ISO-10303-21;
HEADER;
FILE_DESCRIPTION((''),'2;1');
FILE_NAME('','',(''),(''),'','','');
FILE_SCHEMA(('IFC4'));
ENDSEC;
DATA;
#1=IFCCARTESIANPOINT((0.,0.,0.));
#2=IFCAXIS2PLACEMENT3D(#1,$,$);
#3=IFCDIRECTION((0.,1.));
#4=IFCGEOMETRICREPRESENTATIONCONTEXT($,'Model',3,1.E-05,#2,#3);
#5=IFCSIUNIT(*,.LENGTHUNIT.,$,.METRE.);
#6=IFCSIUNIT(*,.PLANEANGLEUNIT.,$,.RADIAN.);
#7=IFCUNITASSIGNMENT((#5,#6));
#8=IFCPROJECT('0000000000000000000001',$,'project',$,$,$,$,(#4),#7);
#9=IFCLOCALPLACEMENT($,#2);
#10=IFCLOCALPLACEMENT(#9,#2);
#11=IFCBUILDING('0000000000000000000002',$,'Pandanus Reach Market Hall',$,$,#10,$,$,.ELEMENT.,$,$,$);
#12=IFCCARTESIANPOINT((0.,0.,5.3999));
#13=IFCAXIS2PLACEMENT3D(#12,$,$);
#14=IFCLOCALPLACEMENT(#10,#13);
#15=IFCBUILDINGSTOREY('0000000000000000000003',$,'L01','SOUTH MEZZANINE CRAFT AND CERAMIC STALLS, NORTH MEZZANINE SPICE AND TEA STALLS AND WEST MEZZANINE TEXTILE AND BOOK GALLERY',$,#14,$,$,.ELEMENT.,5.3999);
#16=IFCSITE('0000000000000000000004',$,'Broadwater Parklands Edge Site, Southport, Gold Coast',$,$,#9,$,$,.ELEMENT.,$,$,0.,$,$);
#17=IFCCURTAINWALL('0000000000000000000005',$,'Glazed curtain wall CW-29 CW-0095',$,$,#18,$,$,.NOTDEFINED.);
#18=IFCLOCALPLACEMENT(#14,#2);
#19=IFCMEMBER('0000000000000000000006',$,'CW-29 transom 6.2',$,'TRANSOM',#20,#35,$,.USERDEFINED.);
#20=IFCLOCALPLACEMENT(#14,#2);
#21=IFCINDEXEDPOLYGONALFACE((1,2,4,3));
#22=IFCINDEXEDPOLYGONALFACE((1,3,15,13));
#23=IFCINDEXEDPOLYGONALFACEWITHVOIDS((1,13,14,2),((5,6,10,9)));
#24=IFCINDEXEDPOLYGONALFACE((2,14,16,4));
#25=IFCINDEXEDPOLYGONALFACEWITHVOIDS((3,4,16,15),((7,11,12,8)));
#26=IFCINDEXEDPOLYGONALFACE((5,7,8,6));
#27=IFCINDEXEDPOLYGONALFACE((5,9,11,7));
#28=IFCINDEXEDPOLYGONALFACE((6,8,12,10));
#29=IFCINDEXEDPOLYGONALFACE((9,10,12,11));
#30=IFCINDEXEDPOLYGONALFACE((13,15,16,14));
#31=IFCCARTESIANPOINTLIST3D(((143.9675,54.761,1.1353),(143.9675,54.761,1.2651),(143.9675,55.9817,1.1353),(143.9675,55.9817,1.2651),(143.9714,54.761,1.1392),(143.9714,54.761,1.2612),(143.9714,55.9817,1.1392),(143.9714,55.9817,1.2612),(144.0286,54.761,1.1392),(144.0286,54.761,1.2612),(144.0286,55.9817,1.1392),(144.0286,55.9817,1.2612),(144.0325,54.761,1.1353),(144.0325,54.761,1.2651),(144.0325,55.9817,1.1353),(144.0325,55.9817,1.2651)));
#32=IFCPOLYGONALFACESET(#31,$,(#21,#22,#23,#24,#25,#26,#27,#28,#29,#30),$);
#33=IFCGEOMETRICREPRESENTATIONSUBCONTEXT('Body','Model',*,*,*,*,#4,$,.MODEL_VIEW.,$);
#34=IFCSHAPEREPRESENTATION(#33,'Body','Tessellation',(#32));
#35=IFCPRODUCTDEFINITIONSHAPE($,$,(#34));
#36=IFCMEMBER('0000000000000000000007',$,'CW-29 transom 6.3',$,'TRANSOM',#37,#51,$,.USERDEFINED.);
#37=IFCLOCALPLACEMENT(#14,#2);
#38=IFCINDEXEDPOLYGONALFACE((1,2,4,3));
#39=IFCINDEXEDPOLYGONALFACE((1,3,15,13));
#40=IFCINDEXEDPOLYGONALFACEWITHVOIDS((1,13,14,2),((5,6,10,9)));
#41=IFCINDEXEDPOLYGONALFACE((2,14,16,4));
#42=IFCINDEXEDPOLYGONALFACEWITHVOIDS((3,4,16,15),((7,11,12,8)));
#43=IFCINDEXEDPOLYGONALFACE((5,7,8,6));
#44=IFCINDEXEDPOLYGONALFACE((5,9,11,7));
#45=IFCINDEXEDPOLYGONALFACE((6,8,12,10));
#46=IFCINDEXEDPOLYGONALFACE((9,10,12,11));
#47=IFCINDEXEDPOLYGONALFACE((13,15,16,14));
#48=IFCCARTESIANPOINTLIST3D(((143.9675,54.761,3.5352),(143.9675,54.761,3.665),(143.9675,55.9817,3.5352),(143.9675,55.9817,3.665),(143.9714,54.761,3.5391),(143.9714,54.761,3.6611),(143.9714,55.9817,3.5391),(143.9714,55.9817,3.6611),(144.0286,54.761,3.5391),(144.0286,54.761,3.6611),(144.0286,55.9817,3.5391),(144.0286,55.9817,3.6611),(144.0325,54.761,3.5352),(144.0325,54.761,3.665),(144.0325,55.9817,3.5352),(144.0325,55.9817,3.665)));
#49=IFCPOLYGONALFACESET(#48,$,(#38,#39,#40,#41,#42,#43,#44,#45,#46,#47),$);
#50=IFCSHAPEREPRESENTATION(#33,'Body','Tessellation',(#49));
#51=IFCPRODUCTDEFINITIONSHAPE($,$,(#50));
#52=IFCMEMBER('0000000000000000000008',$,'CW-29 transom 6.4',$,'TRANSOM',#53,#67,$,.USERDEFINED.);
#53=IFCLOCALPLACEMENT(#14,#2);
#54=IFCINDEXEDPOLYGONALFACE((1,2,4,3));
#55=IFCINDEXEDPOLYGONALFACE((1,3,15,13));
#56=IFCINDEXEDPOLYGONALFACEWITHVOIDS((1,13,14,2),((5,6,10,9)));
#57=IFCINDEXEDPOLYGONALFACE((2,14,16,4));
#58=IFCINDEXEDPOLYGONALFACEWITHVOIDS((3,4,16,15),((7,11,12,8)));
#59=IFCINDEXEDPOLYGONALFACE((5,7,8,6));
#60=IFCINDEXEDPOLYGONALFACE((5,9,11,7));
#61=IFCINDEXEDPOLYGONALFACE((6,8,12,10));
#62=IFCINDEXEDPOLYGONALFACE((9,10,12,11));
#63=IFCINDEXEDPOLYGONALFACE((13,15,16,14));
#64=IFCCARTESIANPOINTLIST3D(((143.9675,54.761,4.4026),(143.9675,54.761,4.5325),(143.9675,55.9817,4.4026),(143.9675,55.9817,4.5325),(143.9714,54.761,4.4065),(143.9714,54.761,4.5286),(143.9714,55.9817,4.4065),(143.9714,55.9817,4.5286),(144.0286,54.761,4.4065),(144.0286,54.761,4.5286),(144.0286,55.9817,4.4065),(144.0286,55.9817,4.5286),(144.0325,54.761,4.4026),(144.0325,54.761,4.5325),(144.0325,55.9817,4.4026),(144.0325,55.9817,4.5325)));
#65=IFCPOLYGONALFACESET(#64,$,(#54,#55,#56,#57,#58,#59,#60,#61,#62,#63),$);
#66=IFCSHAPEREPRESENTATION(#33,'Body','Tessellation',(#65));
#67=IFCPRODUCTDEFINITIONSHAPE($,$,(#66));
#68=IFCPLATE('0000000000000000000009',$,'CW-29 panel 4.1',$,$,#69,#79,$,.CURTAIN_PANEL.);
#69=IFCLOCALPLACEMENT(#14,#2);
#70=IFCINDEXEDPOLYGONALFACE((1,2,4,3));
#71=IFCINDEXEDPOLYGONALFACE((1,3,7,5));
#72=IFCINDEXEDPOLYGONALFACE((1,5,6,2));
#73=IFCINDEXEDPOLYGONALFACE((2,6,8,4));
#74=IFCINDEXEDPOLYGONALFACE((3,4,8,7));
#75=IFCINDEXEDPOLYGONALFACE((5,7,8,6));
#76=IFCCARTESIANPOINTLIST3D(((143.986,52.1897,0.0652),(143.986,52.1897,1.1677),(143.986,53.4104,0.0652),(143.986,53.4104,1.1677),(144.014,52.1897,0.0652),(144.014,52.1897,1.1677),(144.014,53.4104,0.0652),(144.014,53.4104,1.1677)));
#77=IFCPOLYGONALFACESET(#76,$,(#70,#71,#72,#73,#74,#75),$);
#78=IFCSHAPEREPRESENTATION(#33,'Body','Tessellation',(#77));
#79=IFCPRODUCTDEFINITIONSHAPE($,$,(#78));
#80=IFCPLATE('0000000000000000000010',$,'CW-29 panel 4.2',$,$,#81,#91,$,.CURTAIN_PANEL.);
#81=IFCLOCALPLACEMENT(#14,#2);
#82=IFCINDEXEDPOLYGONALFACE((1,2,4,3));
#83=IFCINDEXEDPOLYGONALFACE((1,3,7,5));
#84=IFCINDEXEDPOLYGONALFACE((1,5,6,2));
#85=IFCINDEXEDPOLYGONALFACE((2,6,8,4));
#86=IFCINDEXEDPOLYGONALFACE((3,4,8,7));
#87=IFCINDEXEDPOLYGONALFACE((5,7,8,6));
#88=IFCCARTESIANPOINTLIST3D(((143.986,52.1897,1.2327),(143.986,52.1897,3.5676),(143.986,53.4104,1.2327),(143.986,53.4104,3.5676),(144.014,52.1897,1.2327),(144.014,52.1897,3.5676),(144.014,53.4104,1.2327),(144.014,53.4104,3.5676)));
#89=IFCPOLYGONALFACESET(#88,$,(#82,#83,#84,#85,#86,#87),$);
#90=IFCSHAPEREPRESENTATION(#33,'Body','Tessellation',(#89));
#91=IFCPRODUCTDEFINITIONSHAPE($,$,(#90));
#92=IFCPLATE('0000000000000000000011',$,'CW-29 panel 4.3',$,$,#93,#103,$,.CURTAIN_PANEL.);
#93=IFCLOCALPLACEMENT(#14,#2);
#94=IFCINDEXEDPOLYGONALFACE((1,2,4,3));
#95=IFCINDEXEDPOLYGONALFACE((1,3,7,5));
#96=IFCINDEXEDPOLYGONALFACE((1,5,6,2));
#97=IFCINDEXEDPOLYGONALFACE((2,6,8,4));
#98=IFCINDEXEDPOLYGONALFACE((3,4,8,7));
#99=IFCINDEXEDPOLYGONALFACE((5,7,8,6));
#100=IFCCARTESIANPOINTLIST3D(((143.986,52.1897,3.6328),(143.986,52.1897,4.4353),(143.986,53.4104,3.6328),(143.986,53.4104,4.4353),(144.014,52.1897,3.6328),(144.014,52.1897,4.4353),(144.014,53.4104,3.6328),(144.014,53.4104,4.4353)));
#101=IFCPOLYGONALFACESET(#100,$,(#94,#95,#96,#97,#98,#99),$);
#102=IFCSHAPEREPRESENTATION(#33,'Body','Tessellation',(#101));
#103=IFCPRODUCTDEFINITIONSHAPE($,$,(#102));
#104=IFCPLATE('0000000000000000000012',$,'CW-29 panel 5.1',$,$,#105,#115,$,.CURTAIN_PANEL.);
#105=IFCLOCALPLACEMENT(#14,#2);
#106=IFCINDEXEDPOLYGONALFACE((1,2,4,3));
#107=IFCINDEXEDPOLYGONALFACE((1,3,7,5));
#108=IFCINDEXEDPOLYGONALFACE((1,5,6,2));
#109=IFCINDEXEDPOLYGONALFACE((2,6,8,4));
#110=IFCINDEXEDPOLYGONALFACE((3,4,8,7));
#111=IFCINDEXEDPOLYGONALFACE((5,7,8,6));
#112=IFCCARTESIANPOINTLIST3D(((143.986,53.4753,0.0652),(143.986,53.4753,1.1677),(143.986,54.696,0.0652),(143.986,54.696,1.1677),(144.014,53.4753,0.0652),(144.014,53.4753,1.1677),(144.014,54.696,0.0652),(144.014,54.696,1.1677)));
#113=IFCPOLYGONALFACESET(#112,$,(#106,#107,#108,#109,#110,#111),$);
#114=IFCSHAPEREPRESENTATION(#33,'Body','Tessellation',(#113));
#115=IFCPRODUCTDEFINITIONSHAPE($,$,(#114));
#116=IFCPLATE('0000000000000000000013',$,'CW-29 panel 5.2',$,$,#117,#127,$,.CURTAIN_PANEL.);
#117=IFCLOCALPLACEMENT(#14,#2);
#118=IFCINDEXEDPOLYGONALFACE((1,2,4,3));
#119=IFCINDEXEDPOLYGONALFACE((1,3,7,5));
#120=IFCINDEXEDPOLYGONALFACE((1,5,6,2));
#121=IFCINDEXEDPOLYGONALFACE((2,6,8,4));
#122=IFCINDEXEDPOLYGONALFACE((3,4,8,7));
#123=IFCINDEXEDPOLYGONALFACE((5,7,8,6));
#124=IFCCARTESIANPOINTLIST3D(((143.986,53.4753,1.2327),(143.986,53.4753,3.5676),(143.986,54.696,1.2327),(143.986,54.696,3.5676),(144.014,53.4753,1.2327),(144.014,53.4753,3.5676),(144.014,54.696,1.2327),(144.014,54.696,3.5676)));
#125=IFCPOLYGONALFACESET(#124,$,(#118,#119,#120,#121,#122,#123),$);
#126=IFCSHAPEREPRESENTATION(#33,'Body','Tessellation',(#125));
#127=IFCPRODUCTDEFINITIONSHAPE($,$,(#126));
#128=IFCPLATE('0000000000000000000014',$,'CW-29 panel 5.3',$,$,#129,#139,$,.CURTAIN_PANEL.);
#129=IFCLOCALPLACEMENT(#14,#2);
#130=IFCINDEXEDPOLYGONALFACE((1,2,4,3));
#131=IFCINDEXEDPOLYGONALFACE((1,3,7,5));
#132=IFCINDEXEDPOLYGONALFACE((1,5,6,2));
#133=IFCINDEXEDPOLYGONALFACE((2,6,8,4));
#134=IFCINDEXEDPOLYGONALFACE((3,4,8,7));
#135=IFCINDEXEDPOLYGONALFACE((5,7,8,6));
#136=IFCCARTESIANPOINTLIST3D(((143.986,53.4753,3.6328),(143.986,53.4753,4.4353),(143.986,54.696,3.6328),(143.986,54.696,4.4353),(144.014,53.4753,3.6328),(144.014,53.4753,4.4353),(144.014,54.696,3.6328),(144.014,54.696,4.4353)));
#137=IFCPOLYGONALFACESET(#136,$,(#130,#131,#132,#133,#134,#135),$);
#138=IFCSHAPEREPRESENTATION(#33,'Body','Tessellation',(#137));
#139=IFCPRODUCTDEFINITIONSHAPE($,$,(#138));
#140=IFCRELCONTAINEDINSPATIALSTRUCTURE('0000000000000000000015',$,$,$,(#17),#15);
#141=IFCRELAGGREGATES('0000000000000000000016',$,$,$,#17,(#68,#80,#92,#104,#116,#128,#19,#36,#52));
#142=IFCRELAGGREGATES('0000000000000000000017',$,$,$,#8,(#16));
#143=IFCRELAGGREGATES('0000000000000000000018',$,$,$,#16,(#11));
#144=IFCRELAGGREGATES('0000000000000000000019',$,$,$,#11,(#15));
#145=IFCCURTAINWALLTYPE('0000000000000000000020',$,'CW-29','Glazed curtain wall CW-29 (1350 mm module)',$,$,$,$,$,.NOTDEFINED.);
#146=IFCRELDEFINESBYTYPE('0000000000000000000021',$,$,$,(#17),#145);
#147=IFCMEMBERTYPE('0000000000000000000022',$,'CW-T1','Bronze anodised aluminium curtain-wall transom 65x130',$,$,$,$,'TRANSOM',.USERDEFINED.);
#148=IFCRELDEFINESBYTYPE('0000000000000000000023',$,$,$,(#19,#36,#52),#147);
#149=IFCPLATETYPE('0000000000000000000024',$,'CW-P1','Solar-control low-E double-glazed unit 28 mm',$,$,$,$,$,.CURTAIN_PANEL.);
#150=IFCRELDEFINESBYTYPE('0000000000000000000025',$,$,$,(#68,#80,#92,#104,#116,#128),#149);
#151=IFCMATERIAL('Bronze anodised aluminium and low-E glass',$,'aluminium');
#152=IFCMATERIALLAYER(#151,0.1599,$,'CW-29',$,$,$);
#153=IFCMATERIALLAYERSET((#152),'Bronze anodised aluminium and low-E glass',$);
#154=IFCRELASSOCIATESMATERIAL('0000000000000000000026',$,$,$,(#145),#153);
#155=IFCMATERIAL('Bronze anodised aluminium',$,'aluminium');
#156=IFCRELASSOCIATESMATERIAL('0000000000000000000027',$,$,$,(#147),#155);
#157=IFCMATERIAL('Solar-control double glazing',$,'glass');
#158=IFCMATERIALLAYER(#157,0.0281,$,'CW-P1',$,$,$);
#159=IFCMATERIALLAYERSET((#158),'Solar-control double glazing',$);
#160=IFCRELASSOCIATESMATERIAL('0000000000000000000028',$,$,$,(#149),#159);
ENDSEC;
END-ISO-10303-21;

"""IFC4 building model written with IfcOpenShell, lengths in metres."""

from ifc_helpers import new_model, si_unit, direction, frame, origin, origin_2d, place, context, subcontext, project, spatial, rectangle, hollow_rectangle, extrude, material, layer, layer_set, material_profile, profile_set, type_object, element, aggregate, save


model = new_model("IFC4")

# Units and contexts
model_context = context("Model", 3, precision=1e-05, world=origin(), true_north=direction((0.0, 1.0)))
body_context = subcontext(model_context, "Body", "Model", "MODEL_VIEW")
ifc_project = project(units=[si_unit("LENGTHUNIT", "METRE"), si_unit("PLANEANGLEUNIT", "RADIAN")], contexts=[model_context])

# Site, building, storey
site_placement = place(None, origin())
site = spatial("IfcSite", under=ifc_project, at=site_placement, Name="Broadwater Parklands Edge Site, Southport, Gold Coast", CompositionType="ELEMENT", RefElevation=0.0)
building_placement = place(site_placement, origin())
building = spatial("IfcBuilding", under=site, at=building_placement, Name="Pandanus Reach Market Hall", CompositionType="ELEMENT")
storey_placement = place(building_placement, frame((0.0, 0.0, 5.3999)))
storey = spatial("IfcBuildingStorey", under=building, at=storey_placement, Name="L01", Description="SOUTH MEZZANINE CRAFT AND CERAMIC STALLS, NORTH MEZZANINE SPICE AND TEA STALLS AND WEST MEZZANINE TEXTILE AND BOOK GALLERY", CompositionType="ELEMENT", Elevation=5.3999)

# Curtain wall, members, plates
ifc_material_1 = material(Name="Bronze anodised aluminium and low-E glass", Category="aluminium")
ifc_layer_1 = layer(ifc_material_1, 0.1599, Name="CW-29")
ifc_layer_set_1 = layer_set([ifc_layer_1], Name="Bronze anodised aluminium and low-E glass")
curtain_wall_type = type_object("IfcCurtainWallType", Name="CW-29", Description="Glazed curtain wall CW-29 (1350 mm module)", PredefinedType="NOTDEFINED", material=ifc_layer_set_1)
curtain_wall_placement = place(storey_placement, origin())
curtain_wall = element("IfcCurtainWall", 1, at=curtain_wall_placement, inside=storey, type_object=curtain_wall_type, Name="Glazed curtain wall CW-29 CW-0095", PredefinedType="NOTDEFINED")
ifc_material_2 = material(Name="Bronze anodised aluminium", Category="aluminium")
ifc_material_profile_1 = material_profile(ifc_material_2, hollow_rectangle(XDim=0.0649, YDim=0.1299, WallThickness=0.0039, at=origin_2d()), Name="ALU65x130", Category="LoadBearing")
ifc_profile_set_1 = profile_set([ifc_material_profile_1], Name="Bronze anodised aluminium")
member_type_1 = type_object("IfcMemberType", Name="CW-T1", Description="Bronze anodised aluminium curtain-wall transom 65x130", ElementType="TRANSOM", PredefinedType="USERDEFINED", material=ifc_profile_set_1)
member_1_placement = place(storey_placement, frame((144.0, 54.761, 1.2002), z_axis=(0.0, 1.0, 0.0), x_axis=(-1.0, 0.0, 0.0)))
member_1 = element("IfcMember", 2, at=member_1_placement, type_object=member_type_1, Name="CW-29 transom 6.2", ObjectType="TRANSOM", PredefinedType="USERDEFINED", context=body_context, shape_type="SweptSolid", body=[
    extrude(hollow_rectangle(XDim=0.0649, YDim=0.1299, WallThickness=0.0039, at=origin_2d()), origin(), (0.0, 0.0, 1.0), 1.2207),
])
member_2_placement = place(storey_placement, frame((144.0, 54.761, 3.6001), z_axis=(0.0, 1.0, 0.0), x_axis=(-1.0, 0.0, 0.0)))
member_2 = element("IfcMember", 3, at=member_2_placement, type_object=member_type_1, Name="CW-29 transom 6.3", ObjectType="TRANSOM", PredefinedType="USERDEFINED", context=body_context, shape_type="SweptSolid", body=[
    extrude(hollow_rectangle(XDim=0.0649, YDim=0.1299, WallThickness=0.0039, at=origin_2d()), origin(), (0.0, 0.0, 1.0), 1.2207),
])
member_3_placement = place(storey_placement, frame((144.0, 54.761, 4.4675), z_axis=(0.0, 1.0, 0.0), x_axis=(-1.0, 0.0, 0.0)))
member_3 = element("IfcMember", 4, at=member_3_placement, type_object=member_type_1, Name="CW-29 transom 6.4", ObjectType="TRANSOM", PredefinedType="USERDEFINED", context=body_context, shape_type="SweptSolid", body=[
    extrude(hollow_rectangle(XDim=0.0649, YDim=0.1299, WallThickness=0.0039, at=origin_2d()), origin(), (0.0, 0.0, 1.0), 1.2207),
])
ifc_material_3 = material(Name="Solar-control double glazing", Category="glass")
ifc_layer_2 = layer(ifc_material_3, 0.0281, Name="CW-P1")
ifc_layer_set_2 = layer_set([ifc_layer_2], Name="Solar-control double glazing")
plate_type = type_object("IfcPlateType", Name="CW-P1", Description="Solar-control low-E double-glazed unit 28 mm", PredefinedType="CURTAIN_PANEL", material=ifc_layer_set_2)
plate_1_placement = place(storey_placement, frame((144.0, 52.8, 0.0652), z_axis=(0.0, 0.0, 1.0), x_axis=(0.0, 1.0, 0.0)))
plate_1 = element("IfcPlate", 5, at=plate_1_placement, type_object=plate_type, Name="CW-29 panel 4.1", PredefinedType="CURTAIN_PANEL", context=body_context, shape_type="SweptSolid", body=[
    extrude(rectangle(XDim=1.2207, YDim=0.0281, at=origin_2d()), origin(), (0.0, 0.0, 1.0), 1.1025),
])
plate_2_placement = place(storey_placement, frame((144.0, 52.8, 1.2327), z_axis=(0.0, 0.0, 1.0), x_axis=(0.0, 1.0, 0.0)))
plate_2 = element("IfcPlate", 6, at=plate_2_placement, type_object=plate_type, Name="CW-29 panel 4.2", PredefinedType="CURTAIN_PANEL", context=body_context, shape_type="SweptSolid", body=[
    extrude(rectangle(XDim=1.2207, YDim=0.0281, at=origin_2d()), origin(), (0.0, 0.0, 1.0), 2.335),
])
plate_3_placement = place(storey_placement, frame((144.0, 52.8, 3.6328), z_axis=(0.0, 0.0, 1.0), x_axis=(0.0, 1.0, 0.0)))
plate_3 = element("IfcPlate", 7, at=plate_3_placement, type_object=plate_type, Name="CW-29 panel 4.3", PredefinedType="CURTAIN_PANEL", context=body_context, shape_type="SweptSolid", body=[
    extrude(rectangle(XDim=1.2207, YDim=0.0281, at=origin_2d()), origin(), (0.0, 0.0, 1.0), 0.8025),
])
plate_4_placement = place(storey_placement, frame((144.0, 54.0857, 0.0652), z_axis=(0.0, 0.0, 1.0), x_axis=(0.0, 1.0, 0.0)))
plate_4 = element("IfcPlate", 8, at=plate_4_placement, type_object=plate_type, Name="CW-29 panel 5.1", PredefinedType="CURTAIN_PANEL", context=body_context, shape_type="SweptSolid", body=[
    extrude(rectangle(XDim=1.2207, YDim=0.0281, at=origin_2d()), origin(), (0.0, 0.0, 1.0), 1.1025),
])
plate_5_placement = place(storey_placement, frame((144.0, 54.0857, 1.2327), z_axis=(0.0, 0.0, 1.0), x_axis=(0.0, 1.0, 0.0)))
plate_5 = element("IfcPlate", 9, at=plate_5_placement, type_object=plate_type, Name="CW-29 panel 5.2", PredefinedType="CURTAIN_PANEL", context=body_context, shape_type="SweptSolid", body=[
    extrude(rectangle(XDim=1.2207, YDim=0.0281, at=origin_2d()), origin(), (0.0, 0.0, 1.0), 2.335),
])
plate_6_placement = place(storey_placement, frame((144.0, 54.0857, 3.6328), z_axis=(0.0, 0.0, 1.0), x_axis=(0.0, 1.0, 0.0)))
plate_6 = element("IfcPlate", 10, at=plate_6_placement, type_object=plate_type, Name="CW-29 panel 5.3", PredefinedType="CURTAIN_PANEL", context=body_context, shape_type="SweptSolid", body=[
    extrude(rectangle(XDim=1.2207, YDim=0.0281, at=origin_2d()), origin(), (0.0, 0.0, 1.0), 0.8025),
])
aggregate(curtain_wall, [plate_1, plate_2, plate_3, plate_4, plate_5, plate_6, member_1, member_2, member_3])

save(model, "model.ifc")
